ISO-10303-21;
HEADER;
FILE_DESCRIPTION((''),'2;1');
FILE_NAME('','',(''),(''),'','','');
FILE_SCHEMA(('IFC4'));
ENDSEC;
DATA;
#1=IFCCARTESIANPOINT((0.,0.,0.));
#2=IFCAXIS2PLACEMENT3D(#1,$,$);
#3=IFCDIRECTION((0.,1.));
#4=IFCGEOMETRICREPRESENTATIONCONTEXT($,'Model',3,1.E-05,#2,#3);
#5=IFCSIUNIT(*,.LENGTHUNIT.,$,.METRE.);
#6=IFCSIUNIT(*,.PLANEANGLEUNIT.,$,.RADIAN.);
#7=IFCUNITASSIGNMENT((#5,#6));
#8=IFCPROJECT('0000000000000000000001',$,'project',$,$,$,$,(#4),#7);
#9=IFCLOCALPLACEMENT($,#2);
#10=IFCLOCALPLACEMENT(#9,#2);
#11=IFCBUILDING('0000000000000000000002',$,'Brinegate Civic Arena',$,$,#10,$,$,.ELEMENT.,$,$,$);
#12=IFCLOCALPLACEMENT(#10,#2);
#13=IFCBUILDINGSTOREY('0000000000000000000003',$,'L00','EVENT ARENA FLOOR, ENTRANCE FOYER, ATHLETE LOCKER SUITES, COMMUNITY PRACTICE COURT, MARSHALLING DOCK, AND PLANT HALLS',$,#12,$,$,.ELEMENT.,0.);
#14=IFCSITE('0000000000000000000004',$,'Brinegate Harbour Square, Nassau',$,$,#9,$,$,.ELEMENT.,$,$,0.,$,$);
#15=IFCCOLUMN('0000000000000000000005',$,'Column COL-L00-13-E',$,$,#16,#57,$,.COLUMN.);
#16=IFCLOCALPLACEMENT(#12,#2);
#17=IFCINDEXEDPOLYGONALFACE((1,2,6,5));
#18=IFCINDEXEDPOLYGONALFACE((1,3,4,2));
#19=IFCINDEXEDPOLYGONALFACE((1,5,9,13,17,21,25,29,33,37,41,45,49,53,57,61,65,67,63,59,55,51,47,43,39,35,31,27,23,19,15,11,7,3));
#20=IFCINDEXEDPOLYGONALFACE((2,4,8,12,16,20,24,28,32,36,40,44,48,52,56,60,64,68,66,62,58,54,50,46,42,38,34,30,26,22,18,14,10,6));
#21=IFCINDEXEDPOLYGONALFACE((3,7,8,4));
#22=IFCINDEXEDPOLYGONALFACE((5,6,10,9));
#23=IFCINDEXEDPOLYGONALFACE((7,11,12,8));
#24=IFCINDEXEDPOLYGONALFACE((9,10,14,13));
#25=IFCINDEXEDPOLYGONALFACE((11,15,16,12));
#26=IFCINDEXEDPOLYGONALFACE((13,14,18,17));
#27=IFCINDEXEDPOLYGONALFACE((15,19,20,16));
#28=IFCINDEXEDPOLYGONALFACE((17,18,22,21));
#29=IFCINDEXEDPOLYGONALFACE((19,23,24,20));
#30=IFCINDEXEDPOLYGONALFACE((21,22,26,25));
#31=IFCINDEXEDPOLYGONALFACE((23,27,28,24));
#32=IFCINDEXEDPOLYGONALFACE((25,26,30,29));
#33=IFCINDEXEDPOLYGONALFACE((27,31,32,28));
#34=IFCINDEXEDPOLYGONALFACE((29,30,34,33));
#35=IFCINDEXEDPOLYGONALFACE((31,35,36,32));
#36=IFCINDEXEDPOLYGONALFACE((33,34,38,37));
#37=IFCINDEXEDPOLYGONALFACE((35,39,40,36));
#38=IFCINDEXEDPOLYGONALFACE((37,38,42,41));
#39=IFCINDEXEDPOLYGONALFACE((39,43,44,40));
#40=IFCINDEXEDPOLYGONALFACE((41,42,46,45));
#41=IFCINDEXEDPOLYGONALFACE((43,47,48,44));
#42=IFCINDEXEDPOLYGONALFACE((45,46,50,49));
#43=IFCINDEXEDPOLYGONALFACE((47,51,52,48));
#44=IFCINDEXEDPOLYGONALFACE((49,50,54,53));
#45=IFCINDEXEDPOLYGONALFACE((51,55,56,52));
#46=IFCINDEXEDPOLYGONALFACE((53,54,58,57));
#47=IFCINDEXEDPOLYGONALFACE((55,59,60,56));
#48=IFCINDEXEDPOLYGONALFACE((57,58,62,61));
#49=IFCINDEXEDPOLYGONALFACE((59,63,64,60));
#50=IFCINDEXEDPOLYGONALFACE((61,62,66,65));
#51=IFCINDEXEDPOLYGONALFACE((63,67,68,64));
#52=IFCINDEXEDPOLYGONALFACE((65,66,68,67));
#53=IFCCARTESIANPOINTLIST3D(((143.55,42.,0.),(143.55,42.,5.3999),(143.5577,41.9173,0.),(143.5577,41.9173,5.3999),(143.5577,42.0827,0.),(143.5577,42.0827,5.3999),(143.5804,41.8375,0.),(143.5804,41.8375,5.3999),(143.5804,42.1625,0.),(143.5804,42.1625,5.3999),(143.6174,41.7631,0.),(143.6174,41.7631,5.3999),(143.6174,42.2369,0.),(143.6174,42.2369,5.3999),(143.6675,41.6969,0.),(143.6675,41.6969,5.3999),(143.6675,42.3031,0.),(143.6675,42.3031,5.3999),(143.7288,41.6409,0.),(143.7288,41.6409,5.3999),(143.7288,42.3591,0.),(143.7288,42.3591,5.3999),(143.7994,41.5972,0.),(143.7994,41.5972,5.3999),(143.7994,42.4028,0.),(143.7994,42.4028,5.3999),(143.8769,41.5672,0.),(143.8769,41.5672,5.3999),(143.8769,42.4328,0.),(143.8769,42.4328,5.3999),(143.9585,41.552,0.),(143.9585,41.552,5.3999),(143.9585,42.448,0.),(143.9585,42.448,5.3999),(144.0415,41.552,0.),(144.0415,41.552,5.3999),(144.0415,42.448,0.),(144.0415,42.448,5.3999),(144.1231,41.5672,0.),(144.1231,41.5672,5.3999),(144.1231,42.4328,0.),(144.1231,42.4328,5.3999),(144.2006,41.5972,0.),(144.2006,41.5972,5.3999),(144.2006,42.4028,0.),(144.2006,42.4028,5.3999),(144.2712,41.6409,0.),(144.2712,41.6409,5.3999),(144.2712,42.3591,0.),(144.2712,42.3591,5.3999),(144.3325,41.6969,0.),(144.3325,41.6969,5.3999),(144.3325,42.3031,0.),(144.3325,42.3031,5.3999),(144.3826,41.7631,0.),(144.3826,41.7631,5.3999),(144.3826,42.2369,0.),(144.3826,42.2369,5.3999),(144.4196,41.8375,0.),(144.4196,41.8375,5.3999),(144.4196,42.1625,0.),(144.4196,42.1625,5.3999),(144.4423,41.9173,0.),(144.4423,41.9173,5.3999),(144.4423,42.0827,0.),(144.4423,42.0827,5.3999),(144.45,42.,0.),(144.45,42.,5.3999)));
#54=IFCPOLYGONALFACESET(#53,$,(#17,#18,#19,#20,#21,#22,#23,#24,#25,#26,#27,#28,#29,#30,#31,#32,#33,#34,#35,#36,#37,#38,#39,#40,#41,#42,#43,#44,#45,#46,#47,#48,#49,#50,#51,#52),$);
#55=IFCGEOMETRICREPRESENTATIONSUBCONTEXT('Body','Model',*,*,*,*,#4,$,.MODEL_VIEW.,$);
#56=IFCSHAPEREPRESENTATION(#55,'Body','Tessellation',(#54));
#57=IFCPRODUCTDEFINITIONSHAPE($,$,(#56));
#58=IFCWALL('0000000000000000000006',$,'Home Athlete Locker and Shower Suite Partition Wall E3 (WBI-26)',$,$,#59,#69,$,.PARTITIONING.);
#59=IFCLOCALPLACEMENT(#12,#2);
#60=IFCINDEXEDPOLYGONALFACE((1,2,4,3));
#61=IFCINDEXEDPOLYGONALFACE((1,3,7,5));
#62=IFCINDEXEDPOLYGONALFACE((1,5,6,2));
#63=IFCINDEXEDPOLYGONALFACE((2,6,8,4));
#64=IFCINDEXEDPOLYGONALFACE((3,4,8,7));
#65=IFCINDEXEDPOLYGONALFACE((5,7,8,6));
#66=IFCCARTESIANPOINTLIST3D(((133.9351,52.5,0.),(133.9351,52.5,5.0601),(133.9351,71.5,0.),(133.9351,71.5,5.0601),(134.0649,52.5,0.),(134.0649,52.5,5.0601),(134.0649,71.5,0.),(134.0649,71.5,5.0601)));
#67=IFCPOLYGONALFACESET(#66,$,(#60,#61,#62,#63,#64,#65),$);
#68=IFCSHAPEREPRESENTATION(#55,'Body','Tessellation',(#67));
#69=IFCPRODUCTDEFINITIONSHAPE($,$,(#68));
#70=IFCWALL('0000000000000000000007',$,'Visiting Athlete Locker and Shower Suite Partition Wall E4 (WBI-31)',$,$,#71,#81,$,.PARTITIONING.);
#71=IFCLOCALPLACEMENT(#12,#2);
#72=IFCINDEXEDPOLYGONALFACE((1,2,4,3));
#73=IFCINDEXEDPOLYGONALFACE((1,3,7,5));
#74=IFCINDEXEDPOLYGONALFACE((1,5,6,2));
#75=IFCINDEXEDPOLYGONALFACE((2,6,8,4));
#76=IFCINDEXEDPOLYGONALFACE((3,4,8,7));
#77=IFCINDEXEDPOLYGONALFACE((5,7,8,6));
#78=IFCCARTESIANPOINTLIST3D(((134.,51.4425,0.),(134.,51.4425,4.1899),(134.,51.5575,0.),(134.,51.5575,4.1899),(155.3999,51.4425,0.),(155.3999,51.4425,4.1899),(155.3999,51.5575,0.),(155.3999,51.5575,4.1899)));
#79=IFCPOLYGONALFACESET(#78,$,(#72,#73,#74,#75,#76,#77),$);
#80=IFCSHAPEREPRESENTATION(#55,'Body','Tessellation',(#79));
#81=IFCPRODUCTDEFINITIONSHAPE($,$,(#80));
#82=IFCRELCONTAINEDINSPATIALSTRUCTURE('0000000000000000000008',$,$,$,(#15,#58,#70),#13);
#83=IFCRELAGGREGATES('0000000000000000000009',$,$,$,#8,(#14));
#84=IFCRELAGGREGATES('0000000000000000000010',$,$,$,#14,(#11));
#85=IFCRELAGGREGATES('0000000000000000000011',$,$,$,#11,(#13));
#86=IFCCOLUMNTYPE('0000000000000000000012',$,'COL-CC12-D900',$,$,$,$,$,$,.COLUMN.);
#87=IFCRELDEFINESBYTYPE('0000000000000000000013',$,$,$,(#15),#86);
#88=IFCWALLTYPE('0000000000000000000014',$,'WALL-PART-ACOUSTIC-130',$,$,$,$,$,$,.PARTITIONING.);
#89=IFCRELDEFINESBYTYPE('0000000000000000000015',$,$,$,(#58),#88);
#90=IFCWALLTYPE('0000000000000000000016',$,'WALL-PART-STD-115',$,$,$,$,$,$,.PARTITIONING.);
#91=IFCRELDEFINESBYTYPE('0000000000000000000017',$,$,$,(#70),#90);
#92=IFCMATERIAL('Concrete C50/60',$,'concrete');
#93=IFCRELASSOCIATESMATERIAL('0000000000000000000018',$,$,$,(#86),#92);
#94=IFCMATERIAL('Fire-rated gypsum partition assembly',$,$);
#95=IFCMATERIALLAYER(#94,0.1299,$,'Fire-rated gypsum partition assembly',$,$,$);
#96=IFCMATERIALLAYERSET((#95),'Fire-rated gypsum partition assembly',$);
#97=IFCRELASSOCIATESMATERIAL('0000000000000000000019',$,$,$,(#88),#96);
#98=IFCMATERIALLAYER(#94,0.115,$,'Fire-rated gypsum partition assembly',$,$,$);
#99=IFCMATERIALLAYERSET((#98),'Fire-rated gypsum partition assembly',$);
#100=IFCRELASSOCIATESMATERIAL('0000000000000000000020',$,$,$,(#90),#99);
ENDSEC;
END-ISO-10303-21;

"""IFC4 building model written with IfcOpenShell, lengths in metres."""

from ifc_helpers import new_model, si_unit, direction, frame, frame_2d, origin, origin_2d, place, context, subcontext, project, spatial, rectangle, circle, extrude, material, layer, layer_set, material_profile, profile_set, type_object, element, save


model = new_model("IFC4")

# Units and contexts
model_context = context("Model", 3, precision=1e-05, world=origin(), true_north=direction((0.0, 1.0)))
body_context = subcontext(model_context, "Body", "Model", "MODEL_VIEW")
ifc_project = project(units=[si_unit("LENGTHUNIT", "METRE"), si_unit("PLANEANGLEUNIT", "RADIAN")], contexts=[model_context])

# Site, building, storey
site_placement = place(None, origin())
site = spatial("IfcSite", under=ifc_project, at=site_placement, Name="Brinegate Harbour Square, Nassau", CompositionType="ELEMENT", RefElevation=0.0)
building_placement = place(site_placement, origin())
building = spatial("IfcBuilding", under=site, at=building_placement, Name="Brinegate Civic Arena", CompositionType="ELEMENT")
storey_placement = place(building_placement, origin())
storey = spatial("IfcBuildingStorey", under=building, at=storey_placement, Name="L00", Description="EVENT ARENA FLOOR, ENTRANCE FOYER, ATHLETE LOCKER SUITES, COMMUNITY PRACTICE COURT, MARSHALLING DOCK, AND PLANT HALLS", CompositionType="ELEMENT", Elevation=0.0)

# Column
ifc_material_1 = material(Name="Concrete C50/60", Category="concrete")
ifc_material_profile_1 = material_profile(ifc_material_1, circle(Radius=0.45, at=origin_2d()), Name="RCD900")
ifc_profile_set_1 = profile_set([ifc_material_profile_1], Name="Concrete C50/60")
column_type_1 = type_object("IfcColumnType", Name="COL-CC12-D900", PredefinedType="COLUMN", material=ifc_profile_set_1)
column_placement = place(storey_placement, frame((144.0, 42.0, 0.0), z_axis=(0.0, 0.0, 1.0), x_axis=(1.0, 0.0, 0.0)))
element("IfcColumn", 1, at=column_placement, inside=storey, type_object=column_type_1, Name="Column COL-L00-13-E", PredefinedType="COLUMN", context=body_context, shape_type="SweptSolid", body=[
    extrude(circle(Radius=0.45, at=origin_2d()), origin(), (0.0, 0.0, 1.0), 5.3999),
])

# Walls
ifc_material_2 = material(Name="Fire-rated gypsum partition assembly")
ifc_layer_1 = layer(ifc_material_2, 0.1299, Name="Fire-rated gypsum partition assembly")
ifc_layer_set_1 = layer_set([ifc_layer_1], Name="Fire-rated gypsum partition assembly")
wall_type_1 = type_object("IfcWallType", Name="WALL-PART-ACOUSTIC-130", PredefinedType="PARTITIONING", material=ifc_layer_set_1)
wall_1_placement = place(storey_placement, frame((134.0, 52.5, 0.0), z_axis=(0.0, 0.0, 1.0), x_axis=(0.0, 1.0, 0.0)))
element("IfcWall", 2, at=wall_1_placement, inside=storey, type_object=wall_type_1, Name="Home Athlete Locker and Shower Suite Partition Wall E3 (WBI-26)", PredefinedType="PARTITIONING", context=body_context, shape_type="SweptSolid", body=[
    extrude(rectangle(XDim=19.0, YDim=0.1299, at=frame_2d((9.5, 0.0))), origin(), (0.0, 0.0, 1.0), 5.0601),
])
ifc_layer_2 = layer(ifc_material_2, 0.115, Name="Fire-rated gypsum partition assembly")
ifc_layer_set_2 = layer_set([ifc_layer_2], Name="Fire-rated gypsum partition assembly")
wall_type_2 = type_object("IfcWallType", Name="WALL-PART-STD-115", PredefinedType="PARTITIONING", material=ifc_layer_set_2)
wall_2_placement = place(storey_placement, frame((134.0, 51.5, 0.0), z_axis=(0.0, 0.0, 1.0), x_axis=(1.0, 0.0, 0.0)))
element("IfcWall", 3, at=wall_2_placement, inside=storey, type_object=wall_type_2, Name="Visiting Athlete Locker and Shower Suite Partition Wall E4 (WBI-31)", PredefinedType="PARTITIONING", context=body_context, shape_type="SweptSolid", body=[
    extrude(rectangle(XDim=21.3999, YDim=0.115, at=frame_2d((10.7, 0.0))), origin(), (0.0, 0.0, 1.0), 4.1899),
])

save(model, "model.ifc")
